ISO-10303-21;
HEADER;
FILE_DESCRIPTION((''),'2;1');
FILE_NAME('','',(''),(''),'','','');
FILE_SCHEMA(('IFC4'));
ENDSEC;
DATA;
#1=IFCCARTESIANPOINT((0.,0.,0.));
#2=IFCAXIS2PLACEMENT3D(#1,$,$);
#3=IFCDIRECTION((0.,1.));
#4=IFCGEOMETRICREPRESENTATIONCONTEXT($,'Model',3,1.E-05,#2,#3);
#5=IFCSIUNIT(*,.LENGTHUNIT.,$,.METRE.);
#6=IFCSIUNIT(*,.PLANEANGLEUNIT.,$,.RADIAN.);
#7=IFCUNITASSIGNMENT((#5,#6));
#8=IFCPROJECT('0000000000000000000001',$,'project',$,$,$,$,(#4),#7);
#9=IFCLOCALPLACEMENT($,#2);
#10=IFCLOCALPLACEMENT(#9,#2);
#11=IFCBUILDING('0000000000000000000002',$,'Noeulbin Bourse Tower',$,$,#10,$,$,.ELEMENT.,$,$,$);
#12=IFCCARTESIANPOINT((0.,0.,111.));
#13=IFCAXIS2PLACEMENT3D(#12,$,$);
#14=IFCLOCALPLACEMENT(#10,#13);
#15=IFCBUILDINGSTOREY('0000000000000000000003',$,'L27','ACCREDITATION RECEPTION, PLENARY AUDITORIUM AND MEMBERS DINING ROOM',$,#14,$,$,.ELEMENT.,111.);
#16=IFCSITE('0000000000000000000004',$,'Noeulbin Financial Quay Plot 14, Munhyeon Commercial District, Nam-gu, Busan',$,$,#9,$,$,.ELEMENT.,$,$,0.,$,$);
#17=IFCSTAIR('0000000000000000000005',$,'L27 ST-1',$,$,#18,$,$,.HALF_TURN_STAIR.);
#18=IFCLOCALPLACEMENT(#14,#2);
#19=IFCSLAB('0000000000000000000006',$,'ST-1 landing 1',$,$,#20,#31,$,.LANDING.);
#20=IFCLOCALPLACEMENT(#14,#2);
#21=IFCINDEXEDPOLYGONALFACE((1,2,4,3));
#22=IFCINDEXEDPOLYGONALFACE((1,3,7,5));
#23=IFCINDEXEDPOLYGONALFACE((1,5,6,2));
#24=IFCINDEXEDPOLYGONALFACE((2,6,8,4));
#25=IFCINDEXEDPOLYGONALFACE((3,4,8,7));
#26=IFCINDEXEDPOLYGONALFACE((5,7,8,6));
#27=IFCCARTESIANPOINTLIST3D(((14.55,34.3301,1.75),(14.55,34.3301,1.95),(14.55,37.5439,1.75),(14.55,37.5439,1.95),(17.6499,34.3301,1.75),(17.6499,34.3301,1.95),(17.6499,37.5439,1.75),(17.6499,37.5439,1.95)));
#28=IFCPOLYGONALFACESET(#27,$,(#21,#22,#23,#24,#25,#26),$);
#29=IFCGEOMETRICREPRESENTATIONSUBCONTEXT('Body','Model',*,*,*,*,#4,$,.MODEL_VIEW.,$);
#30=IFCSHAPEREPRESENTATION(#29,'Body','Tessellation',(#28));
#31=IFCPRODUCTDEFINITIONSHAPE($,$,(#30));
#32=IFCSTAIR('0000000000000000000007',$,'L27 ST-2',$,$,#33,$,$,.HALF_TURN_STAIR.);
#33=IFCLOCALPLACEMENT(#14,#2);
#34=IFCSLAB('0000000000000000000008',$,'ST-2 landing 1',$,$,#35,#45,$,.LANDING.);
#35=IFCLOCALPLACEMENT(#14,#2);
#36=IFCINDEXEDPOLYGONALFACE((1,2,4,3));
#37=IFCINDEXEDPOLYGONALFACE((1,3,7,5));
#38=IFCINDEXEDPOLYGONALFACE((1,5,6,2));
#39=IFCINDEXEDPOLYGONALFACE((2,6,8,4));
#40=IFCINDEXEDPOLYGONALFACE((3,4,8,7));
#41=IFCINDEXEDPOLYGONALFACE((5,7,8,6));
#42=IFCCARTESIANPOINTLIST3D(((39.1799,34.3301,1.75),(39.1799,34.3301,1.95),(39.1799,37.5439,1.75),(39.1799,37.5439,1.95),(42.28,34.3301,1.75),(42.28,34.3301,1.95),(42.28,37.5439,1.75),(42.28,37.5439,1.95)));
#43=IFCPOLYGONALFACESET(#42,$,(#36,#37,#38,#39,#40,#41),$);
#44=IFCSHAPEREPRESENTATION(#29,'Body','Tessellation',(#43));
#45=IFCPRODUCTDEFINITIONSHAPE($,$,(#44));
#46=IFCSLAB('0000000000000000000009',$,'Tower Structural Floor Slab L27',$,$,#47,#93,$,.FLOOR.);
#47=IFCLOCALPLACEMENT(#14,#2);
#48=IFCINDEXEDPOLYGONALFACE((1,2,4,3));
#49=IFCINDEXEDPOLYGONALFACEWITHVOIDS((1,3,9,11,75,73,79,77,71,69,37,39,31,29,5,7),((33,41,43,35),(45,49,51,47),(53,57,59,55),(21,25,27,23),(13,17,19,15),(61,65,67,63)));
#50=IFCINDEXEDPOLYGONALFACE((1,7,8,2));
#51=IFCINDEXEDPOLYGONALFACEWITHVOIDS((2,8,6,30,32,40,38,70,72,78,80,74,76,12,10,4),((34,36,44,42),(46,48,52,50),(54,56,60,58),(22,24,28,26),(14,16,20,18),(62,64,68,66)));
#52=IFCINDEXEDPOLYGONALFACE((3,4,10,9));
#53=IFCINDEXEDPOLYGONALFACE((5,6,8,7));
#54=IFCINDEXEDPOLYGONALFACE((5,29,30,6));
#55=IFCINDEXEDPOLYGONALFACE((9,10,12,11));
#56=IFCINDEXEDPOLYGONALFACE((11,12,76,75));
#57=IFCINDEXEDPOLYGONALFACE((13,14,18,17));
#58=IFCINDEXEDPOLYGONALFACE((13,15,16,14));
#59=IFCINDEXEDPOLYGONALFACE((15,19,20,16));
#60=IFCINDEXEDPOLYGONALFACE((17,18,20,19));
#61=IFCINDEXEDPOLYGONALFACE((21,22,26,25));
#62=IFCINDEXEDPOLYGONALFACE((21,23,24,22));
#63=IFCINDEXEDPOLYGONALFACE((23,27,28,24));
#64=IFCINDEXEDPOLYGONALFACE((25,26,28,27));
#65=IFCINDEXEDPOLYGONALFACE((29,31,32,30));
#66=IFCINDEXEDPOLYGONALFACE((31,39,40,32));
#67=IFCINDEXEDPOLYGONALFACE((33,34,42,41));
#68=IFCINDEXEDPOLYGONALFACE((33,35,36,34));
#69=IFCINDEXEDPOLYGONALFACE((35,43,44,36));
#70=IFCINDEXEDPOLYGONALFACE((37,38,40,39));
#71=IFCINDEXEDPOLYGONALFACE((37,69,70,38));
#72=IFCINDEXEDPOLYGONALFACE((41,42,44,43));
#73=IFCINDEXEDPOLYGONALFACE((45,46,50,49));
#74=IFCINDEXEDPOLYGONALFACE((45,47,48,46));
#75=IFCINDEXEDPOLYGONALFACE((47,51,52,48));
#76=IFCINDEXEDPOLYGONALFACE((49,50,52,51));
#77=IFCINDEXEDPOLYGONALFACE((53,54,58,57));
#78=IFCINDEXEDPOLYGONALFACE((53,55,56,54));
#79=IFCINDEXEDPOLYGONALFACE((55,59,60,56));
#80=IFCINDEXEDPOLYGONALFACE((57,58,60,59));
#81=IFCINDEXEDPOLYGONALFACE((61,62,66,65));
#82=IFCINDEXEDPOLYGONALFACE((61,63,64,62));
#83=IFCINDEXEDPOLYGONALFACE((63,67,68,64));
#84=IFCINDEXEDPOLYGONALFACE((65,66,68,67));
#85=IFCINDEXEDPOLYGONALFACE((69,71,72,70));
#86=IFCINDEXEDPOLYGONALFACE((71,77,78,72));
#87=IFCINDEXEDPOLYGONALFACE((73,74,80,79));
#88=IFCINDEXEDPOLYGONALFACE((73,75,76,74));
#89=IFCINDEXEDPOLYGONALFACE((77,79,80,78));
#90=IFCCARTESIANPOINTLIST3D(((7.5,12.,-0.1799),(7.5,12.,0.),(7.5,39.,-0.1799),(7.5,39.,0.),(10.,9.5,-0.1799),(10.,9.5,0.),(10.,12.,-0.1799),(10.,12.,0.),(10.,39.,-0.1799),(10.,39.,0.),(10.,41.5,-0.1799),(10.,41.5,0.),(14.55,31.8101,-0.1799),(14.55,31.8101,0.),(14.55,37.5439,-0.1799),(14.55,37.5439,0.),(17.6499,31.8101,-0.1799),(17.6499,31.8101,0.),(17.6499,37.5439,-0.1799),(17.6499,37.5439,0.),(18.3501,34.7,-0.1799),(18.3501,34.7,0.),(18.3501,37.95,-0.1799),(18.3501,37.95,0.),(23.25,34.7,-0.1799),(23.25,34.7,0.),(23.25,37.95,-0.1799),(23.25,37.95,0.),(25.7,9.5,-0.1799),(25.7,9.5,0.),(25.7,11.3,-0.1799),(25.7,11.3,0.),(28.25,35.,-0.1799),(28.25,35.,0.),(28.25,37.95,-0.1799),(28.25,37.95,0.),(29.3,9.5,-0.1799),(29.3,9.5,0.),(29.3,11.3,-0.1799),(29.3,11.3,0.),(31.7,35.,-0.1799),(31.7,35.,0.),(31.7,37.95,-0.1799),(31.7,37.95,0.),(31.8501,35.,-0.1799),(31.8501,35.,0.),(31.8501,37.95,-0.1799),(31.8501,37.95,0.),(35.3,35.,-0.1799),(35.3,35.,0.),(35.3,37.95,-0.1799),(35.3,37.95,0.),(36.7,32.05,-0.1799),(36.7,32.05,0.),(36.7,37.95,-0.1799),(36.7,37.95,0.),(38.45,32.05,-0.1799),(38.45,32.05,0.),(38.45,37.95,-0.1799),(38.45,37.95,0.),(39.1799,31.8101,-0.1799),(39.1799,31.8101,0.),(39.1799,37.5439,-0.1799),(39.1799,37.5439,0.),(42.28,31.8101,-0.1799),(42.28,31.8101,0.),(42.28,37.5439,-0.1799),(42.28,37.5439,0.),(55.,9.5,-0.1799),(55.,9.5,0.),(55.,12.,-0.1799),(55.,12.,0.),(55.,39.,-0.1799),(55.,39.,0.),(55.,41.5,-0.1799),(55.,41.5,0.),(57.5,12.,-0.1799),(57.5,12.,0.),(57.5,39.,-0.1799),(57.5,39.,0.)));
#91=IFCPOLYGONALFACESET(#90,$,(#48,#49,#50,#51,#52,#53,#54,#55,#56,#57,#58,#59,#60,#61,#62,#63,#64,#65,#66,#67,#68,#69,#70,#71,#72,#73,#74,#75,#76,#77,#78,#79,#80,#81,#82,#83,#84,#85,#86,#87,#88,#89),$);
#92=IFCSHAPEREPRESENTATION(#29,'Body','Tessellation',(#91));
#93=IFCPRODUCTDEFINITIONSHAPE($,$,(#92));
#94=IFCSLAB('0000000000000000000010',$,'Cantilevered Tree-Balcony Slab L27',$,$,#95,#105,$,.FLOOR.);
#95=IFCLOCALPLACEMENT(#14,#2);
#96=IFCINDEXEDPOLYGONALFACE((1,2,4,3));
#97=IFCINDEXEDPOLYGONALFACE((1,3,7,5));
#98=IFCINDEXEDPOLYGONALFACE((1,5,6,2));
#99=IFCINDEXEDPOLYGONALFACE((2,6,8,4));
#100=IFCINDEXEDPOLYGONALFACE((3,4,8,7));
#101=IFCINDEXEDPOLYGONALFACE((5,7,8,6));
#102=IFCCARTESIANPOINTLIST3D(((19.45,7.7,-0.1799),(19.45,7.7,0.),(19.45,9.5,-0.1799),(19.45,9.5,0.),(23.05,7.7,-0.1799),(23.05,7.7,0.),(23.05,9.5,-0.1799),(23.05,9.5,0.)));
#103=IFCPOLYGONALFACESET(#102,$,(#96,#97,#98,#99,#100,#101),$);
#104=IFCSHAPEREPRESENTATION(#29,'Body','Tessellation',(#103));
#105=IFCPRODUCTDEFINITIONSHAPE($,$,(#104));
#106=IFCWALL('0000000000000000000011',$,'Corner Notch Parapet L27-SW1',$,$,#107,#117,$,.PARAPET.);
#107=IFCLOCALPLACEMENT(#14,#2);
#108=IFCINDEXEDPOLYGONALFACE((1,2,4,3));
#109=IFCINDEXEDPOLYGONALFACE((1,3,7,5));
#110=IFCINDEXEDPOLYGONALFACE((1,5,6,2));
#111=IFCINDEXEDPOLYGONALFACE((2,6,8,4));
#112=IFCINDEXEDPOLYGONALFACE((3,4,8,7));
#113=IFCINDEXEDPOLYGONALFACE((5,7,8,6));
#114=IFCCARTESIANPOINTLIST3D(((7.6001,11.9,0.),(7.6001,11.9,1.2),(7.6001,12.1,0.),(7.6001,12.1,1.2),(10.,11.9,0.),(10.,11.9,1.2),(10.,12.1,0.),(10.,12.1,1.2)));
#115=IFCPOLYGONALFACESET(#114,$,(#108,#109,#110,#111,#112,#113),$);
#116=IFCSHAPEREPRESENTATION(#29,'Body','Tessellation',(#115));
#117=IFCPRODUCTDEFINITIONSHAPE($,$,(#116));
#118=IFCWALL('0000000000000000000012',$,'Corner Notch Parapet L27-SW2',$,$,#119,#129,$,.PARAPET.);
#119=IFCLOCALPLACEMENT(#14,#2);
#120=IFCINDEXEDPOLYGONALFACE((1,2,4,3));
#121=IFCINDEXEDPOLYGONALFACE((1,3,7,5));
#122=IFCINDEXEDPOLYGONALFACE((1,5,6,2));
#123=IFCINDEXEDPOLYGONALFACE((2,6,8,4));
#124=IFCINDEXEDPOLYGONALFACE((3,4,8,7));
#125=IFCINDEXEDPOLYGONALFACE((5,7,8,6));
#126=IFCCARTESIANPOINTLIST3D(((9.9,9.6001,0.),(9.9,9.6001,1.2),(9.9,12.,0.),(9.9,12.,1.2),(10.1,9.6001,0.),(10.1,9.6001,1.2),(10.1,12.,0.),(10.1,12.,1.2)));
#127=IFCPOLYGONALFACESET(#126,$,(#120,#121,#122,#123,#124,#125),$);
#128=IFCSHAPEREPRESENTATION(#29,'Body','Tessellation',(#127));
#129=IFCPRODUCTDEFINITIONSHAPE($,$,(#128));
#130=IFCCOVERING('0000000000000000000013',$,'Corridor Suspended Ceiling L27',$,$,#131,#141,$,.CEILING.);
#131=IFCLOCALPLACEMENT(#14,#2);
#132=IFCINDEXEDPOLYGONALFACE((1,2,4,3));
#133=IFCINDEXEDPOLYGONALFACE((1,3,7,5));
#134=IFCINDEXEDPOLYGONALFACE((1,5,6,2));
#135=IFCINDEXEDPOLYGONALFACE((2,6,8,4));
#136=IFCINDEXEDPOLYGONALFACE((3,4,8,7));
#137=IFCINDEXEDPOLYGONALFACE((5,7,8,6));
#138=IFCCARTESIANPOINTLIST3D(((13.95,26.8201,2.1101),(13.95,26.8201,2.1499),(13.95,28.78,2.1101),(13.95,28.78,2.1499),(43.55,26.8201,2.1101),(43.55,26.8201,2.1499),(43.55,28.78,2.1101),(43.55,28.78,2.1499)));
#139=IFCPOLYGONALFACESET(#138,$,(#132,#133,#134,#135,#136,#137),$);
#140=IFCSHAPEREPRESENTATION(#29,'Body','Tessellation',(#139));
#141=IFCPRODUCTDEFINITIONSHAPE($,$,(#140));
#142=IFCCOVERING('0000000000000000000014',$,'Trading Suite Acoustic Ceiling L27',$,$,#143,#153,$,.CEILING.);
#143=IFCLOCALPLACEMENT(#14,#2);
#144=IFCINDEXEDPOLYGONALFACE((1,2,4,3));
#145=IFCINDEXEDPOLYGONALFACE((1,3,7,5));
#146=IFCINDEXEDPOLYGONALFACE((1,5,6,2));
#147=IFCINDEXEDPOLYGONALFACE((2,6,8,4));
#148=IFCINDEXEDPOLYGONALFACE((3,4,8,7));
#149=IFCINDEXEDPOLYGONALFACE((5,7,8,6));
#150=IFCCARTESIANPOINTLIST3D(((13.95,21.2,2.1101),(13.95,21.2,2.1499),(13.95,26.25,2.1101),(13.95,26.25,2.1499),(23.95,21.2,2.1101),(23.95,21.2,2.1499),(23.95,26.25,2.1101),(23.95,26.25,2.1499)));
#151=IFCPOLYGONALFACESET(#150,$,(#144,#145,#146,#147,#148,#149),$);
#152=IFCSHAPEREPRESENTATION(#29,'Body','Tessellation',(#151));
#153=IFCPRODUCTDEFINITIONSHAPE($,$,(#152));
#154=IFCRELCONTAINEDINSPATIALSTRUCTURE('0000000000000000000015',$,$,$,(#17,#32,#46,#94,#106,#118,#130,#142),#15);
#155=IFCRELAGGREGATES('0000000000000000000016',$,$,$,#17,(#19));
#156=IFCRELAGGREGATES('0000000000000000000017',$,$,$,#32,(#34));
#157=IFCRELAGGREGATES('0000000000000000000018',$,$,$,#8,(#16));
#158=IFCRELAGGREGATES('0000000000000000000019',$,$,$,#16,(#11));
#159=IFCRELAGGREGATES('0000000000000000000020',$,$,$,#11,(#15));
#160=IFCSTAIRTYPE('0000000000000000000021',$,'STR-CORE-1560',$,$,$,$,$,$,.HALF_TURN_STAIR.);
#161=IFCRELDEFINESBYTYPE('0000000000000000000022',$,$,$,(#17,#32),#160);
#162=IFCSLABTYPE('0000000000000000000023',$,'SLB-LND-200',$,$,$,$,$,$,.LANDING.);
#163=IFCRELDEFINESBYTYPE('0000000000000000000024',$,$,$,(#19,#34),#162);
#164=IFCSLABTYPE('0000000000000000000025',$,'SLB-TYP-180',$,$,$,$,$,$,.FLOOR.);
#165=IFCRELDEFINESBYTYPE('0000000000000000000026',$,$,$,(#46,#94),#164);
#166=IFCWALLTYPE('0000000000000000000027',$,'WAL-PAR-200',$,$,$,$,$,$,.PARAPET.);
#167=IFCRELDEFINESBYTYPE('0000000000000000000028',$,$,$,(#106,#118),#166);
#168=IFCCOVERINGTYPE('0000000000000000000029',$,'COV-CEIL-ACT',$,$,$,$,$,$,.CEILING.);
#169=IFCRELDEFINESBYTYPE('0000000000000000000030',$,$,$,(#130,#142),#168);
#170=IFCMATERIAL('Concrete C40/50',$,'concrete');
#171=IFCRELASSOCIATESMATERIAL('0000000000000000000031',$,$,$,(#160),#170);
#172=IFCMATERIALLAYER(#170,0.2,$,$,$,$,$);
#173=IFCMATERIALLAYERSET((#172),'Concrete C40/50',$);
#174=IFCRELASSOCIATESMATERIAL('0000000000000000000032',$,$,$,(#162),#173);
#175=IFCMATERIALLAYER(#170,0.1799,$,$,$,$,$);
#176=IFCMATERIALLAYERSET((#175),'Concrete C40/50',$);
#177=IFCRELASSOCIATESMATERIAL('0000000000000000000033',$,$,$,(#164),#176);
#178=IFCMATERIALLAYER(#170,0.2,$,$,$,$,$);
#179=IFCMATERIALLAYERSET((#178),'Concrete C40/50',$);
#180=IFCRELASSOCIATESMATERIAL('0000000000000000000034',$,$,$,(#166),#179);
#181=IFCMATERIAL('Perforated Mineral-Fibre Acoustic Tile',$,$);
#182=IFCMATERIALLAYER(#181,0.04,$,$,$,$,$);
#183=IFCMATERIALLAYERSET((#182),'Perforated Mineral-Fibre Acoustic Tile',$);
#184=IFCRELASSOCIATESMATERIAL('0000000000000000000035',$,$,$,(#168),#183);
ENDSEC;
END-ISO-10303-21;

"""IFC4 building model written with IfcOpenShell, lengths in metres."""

from ifc_helpers import new_model, si_unit, direction, frame, frame_2d, origin, place, context, subcontext, project, spatial, polyline, rectangle, outline, extrude, material, layer, layer_set, type_object, element, aggregate, save


model = new_model("IFC4")

# Units and contexts
model_context = context("Model", 3, precision=1e-05, world=origin(), true_north=direction((0.0, 1.0)))
body_context = subcontext(model_context, "Body", "Model", "MODEL_VIEW")
ifc_project = project(units=[si_unit("LENGTHUNIT", "METRE"), si_unit("PLANEANGLEUNIT", "RADIAN")], contexts=[model_context])

# Site, building, storey
site_placement = place(None, origin())
site = spatial("IfcSite", under=ifc_project, at=site_placement, Name="Noeulbin Financial Quay Plot 14, Munhyeon Commercial District, Nam-gu, Busan", CompositionType="ELEMENT", RefElevation=0.0)
building_placement = place(site_placement, origin())
building = spatial("IfcBuilding", under=site, at=building_placement, Name="Noeulbin Bourse Tower", CompositionType="ELEMENT")
storey_placement = place(building_placement, frame((0.0, 0.0, 111.0)))
storey = spatial("IfcBuildingStorey", under=building, at=storey_placement, Name="L27", Description="ACCREDITATION RECEPTION, PLENARY AUDITORIUM AND MEMBERS DINING ROOM", CompositionType="ELEMENT", Elevation=111.0)

# Stairs, slabs
ifc_material_1 = material(Name="Concrete C40/50", Category="concrete")
stair_type = type_object("IfcStairType", Name="STR-CORE-1560", PredefinedType="HALF_TURN_STAIR", material=ifc_material_1)
stair_1_placement = place(storey_placement, origin())
stair_1 = element("IfcStair", 1, at=stair_1_placement, inside=storey, type_object=stair_type, Name="L27 ST-1", PredefinedType="HALF_TURN_STAIR")
ifc_layer_1 = layer(ifc_material_1, 0.2)
ifc_layer_set_1 = layer_set([ifc_layer_1], Name="Concrete C40/50")
slab_type_1 = type_object("IfcSlabType", Name="SLB-LND-200", PredefinedType="LANDING", material=ifc_layer_set_1)
slab_1_placement = place(storey_placement, frame((0.0, 0.0, 1.75)))
slab_1 = element("IfcSlab", 2, at=slab_1_placement, type_object=slab_type_1, Name="ST-1 landing 1", PredefinedType="LANDING", context=body_context, shape_type="SweptSolid", body=[
    extrude(outline(polyline([(17.6499, 34.3301), (17.6499, 37.5439), (14.55, 37.5439), (14.55, 34.3301), (17.6499, 34.3301)])), origin(), (0.0, 0.0, 1.0), 0.2),
])
aggregate(stair_1, [slab_1])
stair_2_placement = place(storey_placement, origin())
stair_2 = element("IfcStair", 3, at=stair_2_placement, inside=storey, type_object=stair_type, Name="L27 ST-2", PredefinedType="HALF_TURN_STAIR")
slab_2_placement = place(storey_placement, frame((0.0, 0.0, 1.75)))
slab_2 = element("IfcSlab", 4, at=slab_2_placement, type_object=slab_type_1, Name="ST-2 landing 1", PredefinedType="LANDING", context=body_context, shape_type="SweptSolid", body=[
    extrude(outline(polyline([(42.28, 34.3301), (42.28, 37.5439), (39.1799, 37.5439), (39.1799, 34.3301), (42.28, 34.3301)])), origin(), (0.0, 0.0, 1.0), 0.2),
])
aggregate(stair_2, [slab_2])

# Slab, openings
ifc_layer_2 = layer(ifc_material_1, 0.1799)
ifc_layer_set_2 = layer_set([ifc_layer_2], Name="Concrete C40/50")
slab_type_2 = type_object("IfcSlabType", Name="SLB-TYP-180", PredefinedType="FLOOR", material=ifc_layer_set_2)
slab_3_placement = place(storey_placement, frame((0.0, 0.0, -0.1799)))
slab_3 = element("IfcSlab", 5, at=slab_3_placement, inside=storey, type_object=slab_type_2, Name="Tower Structural Floor Slab L27", PredefinedType="FLOOR", context=body_context, shape_type="SweptSolid", body=[
    extrude(outline(polyline([(10.0, 9.5), (25.7, 9.5), (25.7, 11.3), (29.3, 11.3), (29.3, 9.5), (55.0, 9.5), (55.0, 12.0), (57.5, 12.0), (57.5, 39.0), (55.0, 39.0), (55.0, 41.5), (10.0, 41.5), (10.0, 39.0), (7.5, 39.0), (7.5, 12.0), (10.0, 12.0), (10.0, 9.5)]), holes=[polyline([(17.6499, 31.8101), (17.6499, 37.5439), (14.55, 37.5439), (14.55, 31.8101), (17.6499, 31.8101)]), polyline([(42.28, 31.8101), (42.28, 37.5439), (39.1799, 37.5439), (39.1799, 31.8101), (42.28, 31.8101)]), polyline([(18.3501, 34.7), (23.25, 34.7), (23.25, 37.95), (18.3501, 37.95), (18.3501, 34.7)]), polyline([(36.7, 32.05), (38.45, 32.05), (38.45, 37.95), (36.7, 37.95), (36.7, 32.05)]), polyline([(28.25, 35.0), (31.7, 35.0), (31.7, 37.95), (28.25, 37.95), (28.25, 35.0)]), polyline([(31.8501, 35.0), (35.3, 35.0), (35.3, 37.95), (31.8501, 37.95), (31.8501, 35.0)])]), origin(), (0.0, 0.0, 1.0), 0.1799),
])
opening_1_placement = place(slab_3_placement, frame((0.0, 0.0, -0.01)))
element("IfcOpeningElement", 6, at=opening_1_placement, cuts=slab_3, PredefinedType="OPENING", context=body_context, shape_type="SweptSolid", body=[
    extrude(outline(polyline([(17.6499, 31.8101), (17.6499, 37.5439), (14.55, 37.5439), (14.55, 31.8101), (17.6499, 31.8101)])), origin(), (0.0, 0.0, 1.0), 0.2),
])
opening_2_placement = place(slab_3_placement, frame((0.0, 0.0, -0.01)))
element("IfcOpeningElement", 7, at=opening_2_placement, cuts=slab_3, PredefinedType="OPENING", context=body_context, shape_type="SweptSolid", body=[
    extrude(outline(polyline([(42.28, 31.8101), (42.28, 37.5439), (39.1799, 37.5439), (39.1799, 31.8101), (42.28, 31.8101)])), origin(), (0.0, 0.0, 1.0), 0.2),
])
opening_3_placement = place(slab_3_placement, frame((0.0, 0.0, -0.01)))
element("IfcOpeningElement", 8, at=opening_3_placement, cuts=slab_3, PredefinedType="OPENING", context=body_context, shape_type="SweptSolid", body=[
    extrude(outline(polyline([(18.3501, 34.7), (23.25, 34.7), (23.25, 37.95), (18.3501, 37.95), (18.3501, 34.7)])), origin(), (0.0, 0.0, 1.0), 0.2),
])
opening_4_placement = place(slab_3_placement, frame((0.0, 0.0, -0.01)))
element("IfcOpeningElement", 9, at=opening_4_placement, cuts=slab_3, PredefinedType="OPENING", context=body_context, shape_type="SweptSolid", body=[
    extrude(outline(polyline([(36.7, 32.05), (38.45, 32.05), (38.45, 37.95), (36.7, 37.95), (36.7, 32.05)])), origin(), (0.0, 0.0, 1.0), 0.2),
])
opening_5_placement = place(slab_3_placement, frame((0.0, 0.0, -0.01)))
element("IfcOpeningElement", 10, at=opening_5_placement, cuts=slab_3, PredefinedType="OPENING", context=body_context, shape_type="SweptSolid", body=[
    extrude(outline(polyline([(28.25, 35.0), (31.7, 35.0), (31.7, 37.95), (28.25, 37.95), (28.25, 35.0)])), origin(), (0.0, 0.0, 1.0), 0.2),
])
opening_6_placement = place(slab_3_placement, frame((0.0, 0.0, -0.01)))
element("IfcOpeningElement", 11, at=opening_6_placement, cuts=slab_3, PredefinedType="OPENING", context=body_context, shape_type="SweptSolid", body=[
    extrude(outline(polyline([(31.8501, 35.0), (35.3, 35.0), (35.3, 37.95), (31.8501, 37.95), (31.8501, 35.0)])), origin(), (0.0, 0.0, 1.0), 0.2),
])

# Slab
slab_4_placement = place(storey_placement, frame((0.0, 0.0, -0.1799)))
element("IfcSlab", 12, at=slab_4_placement, inside=storey, type_object=slab_type_2, Name="Cantilevered Tree-Balcony Slab L27", PredefinedType="FLOOR", context=body_context, shape_type="SweptSolid", body=[
    extrude(outline(polyline([(19.45, 7.7), (23.05, 7.7), (23.05, 9.5), (19.45, 9.5), (19.45, 7.7)])), origin(), (0.0, 0.0, 1.0), 0.1799),
])

# Walls
ifc_layer_3 = layer(ifc_material_1, 0.2)
ifc_layer_set_3 = layer_set([ifc_layer_3], Name="Concrete C40/50")
wall_type = type_object("IfcWallType", Name="WAL-PAR-200", PredefinedType="PARAPET", material=ifc_layer_set_3)
for number, where, z_axis, x_axis, name in (
    (13, (7.6001, 12.0, 0.0), (0.0, 0.0, 1.0), (1.0, 0.0, 0.0), "Corner Notch Parapet L27-SW1"),
    (14, (10.0, 12.0, 0.0), (0.0, 0.0, 1.0), (0.0, -1.0, 0.0), "Corner Notch Parapet L27-SW2"),
):
    element("IfcWall", number, at=place(storey_placement, frame(where, z_axis=z_axis, x_axis=x_axis)), inside=storey, type_object=wall_type, Name=name, PredefinedType="PARAPET", context=body_context, shape_type="SweptSolid", body=[
        extrude(rectangle(XDim=2.3999, YDim=0.2, at=frame_2d((1.2, 0.0))), origin(), (0.0, 0.0, 1.0), 1.2),
    ])

# Coverings
ifc_material_2 = material(Name="Perforated Mineral-Fibre Acoustic Tile")
ifc_layer_4 = layer(ifc_material_2, 0.04)
ifc_layer_set_4 = layer_set([ifc_layer_4], Name="Perforated Mineral-Fibre Acoustic Tile")
covering_type = type_object("IfcCoveringType", Name="COV-CEIL-ACT", PredefinedType="CEILING", material=ifc_layer_set_4)
covering_1_placement = place(storey_placement, frame((0.0, 0.0, 2.1101)))
element("IfcCovering", 15, at=covering_1_placement, inside=storey, type_object=covering_type, Name="Corridor Suspended Ceiling L27", PredefinedType="CEILING", context=body_context, shape_type="SweptSolid", body=[
    extrude(outline(polyline([(13.95, 26.8201), (43.55, 26.8201), (43.55, 28.78), (13.95, 28.78), (13.95, 26.8201)])), origin(), (0.0, 0.0, 1.0), 0.0398),
])
covering_2_placement = place(storey_placement, frame((0.0, 0.0, 2.1101)))
element("IfcCovering", 16, at=covering_2_placement, inside=storey, type_object=covering_type, Name="Trading Suite Acoustic Ceiling L27", PredefinedType="CEILING", context=body_context, shape_type="SweptSolid", body=[
    extrude(outline(polyline([(13.95, 21.2), (23.95, 21.2), (23.95, 26.25), (13.95, 26.25), (13.95, 21.2)])), origin(), (0.0, 0.0, 1.0), 0.0398),
])

save(model, "model.ifc")
